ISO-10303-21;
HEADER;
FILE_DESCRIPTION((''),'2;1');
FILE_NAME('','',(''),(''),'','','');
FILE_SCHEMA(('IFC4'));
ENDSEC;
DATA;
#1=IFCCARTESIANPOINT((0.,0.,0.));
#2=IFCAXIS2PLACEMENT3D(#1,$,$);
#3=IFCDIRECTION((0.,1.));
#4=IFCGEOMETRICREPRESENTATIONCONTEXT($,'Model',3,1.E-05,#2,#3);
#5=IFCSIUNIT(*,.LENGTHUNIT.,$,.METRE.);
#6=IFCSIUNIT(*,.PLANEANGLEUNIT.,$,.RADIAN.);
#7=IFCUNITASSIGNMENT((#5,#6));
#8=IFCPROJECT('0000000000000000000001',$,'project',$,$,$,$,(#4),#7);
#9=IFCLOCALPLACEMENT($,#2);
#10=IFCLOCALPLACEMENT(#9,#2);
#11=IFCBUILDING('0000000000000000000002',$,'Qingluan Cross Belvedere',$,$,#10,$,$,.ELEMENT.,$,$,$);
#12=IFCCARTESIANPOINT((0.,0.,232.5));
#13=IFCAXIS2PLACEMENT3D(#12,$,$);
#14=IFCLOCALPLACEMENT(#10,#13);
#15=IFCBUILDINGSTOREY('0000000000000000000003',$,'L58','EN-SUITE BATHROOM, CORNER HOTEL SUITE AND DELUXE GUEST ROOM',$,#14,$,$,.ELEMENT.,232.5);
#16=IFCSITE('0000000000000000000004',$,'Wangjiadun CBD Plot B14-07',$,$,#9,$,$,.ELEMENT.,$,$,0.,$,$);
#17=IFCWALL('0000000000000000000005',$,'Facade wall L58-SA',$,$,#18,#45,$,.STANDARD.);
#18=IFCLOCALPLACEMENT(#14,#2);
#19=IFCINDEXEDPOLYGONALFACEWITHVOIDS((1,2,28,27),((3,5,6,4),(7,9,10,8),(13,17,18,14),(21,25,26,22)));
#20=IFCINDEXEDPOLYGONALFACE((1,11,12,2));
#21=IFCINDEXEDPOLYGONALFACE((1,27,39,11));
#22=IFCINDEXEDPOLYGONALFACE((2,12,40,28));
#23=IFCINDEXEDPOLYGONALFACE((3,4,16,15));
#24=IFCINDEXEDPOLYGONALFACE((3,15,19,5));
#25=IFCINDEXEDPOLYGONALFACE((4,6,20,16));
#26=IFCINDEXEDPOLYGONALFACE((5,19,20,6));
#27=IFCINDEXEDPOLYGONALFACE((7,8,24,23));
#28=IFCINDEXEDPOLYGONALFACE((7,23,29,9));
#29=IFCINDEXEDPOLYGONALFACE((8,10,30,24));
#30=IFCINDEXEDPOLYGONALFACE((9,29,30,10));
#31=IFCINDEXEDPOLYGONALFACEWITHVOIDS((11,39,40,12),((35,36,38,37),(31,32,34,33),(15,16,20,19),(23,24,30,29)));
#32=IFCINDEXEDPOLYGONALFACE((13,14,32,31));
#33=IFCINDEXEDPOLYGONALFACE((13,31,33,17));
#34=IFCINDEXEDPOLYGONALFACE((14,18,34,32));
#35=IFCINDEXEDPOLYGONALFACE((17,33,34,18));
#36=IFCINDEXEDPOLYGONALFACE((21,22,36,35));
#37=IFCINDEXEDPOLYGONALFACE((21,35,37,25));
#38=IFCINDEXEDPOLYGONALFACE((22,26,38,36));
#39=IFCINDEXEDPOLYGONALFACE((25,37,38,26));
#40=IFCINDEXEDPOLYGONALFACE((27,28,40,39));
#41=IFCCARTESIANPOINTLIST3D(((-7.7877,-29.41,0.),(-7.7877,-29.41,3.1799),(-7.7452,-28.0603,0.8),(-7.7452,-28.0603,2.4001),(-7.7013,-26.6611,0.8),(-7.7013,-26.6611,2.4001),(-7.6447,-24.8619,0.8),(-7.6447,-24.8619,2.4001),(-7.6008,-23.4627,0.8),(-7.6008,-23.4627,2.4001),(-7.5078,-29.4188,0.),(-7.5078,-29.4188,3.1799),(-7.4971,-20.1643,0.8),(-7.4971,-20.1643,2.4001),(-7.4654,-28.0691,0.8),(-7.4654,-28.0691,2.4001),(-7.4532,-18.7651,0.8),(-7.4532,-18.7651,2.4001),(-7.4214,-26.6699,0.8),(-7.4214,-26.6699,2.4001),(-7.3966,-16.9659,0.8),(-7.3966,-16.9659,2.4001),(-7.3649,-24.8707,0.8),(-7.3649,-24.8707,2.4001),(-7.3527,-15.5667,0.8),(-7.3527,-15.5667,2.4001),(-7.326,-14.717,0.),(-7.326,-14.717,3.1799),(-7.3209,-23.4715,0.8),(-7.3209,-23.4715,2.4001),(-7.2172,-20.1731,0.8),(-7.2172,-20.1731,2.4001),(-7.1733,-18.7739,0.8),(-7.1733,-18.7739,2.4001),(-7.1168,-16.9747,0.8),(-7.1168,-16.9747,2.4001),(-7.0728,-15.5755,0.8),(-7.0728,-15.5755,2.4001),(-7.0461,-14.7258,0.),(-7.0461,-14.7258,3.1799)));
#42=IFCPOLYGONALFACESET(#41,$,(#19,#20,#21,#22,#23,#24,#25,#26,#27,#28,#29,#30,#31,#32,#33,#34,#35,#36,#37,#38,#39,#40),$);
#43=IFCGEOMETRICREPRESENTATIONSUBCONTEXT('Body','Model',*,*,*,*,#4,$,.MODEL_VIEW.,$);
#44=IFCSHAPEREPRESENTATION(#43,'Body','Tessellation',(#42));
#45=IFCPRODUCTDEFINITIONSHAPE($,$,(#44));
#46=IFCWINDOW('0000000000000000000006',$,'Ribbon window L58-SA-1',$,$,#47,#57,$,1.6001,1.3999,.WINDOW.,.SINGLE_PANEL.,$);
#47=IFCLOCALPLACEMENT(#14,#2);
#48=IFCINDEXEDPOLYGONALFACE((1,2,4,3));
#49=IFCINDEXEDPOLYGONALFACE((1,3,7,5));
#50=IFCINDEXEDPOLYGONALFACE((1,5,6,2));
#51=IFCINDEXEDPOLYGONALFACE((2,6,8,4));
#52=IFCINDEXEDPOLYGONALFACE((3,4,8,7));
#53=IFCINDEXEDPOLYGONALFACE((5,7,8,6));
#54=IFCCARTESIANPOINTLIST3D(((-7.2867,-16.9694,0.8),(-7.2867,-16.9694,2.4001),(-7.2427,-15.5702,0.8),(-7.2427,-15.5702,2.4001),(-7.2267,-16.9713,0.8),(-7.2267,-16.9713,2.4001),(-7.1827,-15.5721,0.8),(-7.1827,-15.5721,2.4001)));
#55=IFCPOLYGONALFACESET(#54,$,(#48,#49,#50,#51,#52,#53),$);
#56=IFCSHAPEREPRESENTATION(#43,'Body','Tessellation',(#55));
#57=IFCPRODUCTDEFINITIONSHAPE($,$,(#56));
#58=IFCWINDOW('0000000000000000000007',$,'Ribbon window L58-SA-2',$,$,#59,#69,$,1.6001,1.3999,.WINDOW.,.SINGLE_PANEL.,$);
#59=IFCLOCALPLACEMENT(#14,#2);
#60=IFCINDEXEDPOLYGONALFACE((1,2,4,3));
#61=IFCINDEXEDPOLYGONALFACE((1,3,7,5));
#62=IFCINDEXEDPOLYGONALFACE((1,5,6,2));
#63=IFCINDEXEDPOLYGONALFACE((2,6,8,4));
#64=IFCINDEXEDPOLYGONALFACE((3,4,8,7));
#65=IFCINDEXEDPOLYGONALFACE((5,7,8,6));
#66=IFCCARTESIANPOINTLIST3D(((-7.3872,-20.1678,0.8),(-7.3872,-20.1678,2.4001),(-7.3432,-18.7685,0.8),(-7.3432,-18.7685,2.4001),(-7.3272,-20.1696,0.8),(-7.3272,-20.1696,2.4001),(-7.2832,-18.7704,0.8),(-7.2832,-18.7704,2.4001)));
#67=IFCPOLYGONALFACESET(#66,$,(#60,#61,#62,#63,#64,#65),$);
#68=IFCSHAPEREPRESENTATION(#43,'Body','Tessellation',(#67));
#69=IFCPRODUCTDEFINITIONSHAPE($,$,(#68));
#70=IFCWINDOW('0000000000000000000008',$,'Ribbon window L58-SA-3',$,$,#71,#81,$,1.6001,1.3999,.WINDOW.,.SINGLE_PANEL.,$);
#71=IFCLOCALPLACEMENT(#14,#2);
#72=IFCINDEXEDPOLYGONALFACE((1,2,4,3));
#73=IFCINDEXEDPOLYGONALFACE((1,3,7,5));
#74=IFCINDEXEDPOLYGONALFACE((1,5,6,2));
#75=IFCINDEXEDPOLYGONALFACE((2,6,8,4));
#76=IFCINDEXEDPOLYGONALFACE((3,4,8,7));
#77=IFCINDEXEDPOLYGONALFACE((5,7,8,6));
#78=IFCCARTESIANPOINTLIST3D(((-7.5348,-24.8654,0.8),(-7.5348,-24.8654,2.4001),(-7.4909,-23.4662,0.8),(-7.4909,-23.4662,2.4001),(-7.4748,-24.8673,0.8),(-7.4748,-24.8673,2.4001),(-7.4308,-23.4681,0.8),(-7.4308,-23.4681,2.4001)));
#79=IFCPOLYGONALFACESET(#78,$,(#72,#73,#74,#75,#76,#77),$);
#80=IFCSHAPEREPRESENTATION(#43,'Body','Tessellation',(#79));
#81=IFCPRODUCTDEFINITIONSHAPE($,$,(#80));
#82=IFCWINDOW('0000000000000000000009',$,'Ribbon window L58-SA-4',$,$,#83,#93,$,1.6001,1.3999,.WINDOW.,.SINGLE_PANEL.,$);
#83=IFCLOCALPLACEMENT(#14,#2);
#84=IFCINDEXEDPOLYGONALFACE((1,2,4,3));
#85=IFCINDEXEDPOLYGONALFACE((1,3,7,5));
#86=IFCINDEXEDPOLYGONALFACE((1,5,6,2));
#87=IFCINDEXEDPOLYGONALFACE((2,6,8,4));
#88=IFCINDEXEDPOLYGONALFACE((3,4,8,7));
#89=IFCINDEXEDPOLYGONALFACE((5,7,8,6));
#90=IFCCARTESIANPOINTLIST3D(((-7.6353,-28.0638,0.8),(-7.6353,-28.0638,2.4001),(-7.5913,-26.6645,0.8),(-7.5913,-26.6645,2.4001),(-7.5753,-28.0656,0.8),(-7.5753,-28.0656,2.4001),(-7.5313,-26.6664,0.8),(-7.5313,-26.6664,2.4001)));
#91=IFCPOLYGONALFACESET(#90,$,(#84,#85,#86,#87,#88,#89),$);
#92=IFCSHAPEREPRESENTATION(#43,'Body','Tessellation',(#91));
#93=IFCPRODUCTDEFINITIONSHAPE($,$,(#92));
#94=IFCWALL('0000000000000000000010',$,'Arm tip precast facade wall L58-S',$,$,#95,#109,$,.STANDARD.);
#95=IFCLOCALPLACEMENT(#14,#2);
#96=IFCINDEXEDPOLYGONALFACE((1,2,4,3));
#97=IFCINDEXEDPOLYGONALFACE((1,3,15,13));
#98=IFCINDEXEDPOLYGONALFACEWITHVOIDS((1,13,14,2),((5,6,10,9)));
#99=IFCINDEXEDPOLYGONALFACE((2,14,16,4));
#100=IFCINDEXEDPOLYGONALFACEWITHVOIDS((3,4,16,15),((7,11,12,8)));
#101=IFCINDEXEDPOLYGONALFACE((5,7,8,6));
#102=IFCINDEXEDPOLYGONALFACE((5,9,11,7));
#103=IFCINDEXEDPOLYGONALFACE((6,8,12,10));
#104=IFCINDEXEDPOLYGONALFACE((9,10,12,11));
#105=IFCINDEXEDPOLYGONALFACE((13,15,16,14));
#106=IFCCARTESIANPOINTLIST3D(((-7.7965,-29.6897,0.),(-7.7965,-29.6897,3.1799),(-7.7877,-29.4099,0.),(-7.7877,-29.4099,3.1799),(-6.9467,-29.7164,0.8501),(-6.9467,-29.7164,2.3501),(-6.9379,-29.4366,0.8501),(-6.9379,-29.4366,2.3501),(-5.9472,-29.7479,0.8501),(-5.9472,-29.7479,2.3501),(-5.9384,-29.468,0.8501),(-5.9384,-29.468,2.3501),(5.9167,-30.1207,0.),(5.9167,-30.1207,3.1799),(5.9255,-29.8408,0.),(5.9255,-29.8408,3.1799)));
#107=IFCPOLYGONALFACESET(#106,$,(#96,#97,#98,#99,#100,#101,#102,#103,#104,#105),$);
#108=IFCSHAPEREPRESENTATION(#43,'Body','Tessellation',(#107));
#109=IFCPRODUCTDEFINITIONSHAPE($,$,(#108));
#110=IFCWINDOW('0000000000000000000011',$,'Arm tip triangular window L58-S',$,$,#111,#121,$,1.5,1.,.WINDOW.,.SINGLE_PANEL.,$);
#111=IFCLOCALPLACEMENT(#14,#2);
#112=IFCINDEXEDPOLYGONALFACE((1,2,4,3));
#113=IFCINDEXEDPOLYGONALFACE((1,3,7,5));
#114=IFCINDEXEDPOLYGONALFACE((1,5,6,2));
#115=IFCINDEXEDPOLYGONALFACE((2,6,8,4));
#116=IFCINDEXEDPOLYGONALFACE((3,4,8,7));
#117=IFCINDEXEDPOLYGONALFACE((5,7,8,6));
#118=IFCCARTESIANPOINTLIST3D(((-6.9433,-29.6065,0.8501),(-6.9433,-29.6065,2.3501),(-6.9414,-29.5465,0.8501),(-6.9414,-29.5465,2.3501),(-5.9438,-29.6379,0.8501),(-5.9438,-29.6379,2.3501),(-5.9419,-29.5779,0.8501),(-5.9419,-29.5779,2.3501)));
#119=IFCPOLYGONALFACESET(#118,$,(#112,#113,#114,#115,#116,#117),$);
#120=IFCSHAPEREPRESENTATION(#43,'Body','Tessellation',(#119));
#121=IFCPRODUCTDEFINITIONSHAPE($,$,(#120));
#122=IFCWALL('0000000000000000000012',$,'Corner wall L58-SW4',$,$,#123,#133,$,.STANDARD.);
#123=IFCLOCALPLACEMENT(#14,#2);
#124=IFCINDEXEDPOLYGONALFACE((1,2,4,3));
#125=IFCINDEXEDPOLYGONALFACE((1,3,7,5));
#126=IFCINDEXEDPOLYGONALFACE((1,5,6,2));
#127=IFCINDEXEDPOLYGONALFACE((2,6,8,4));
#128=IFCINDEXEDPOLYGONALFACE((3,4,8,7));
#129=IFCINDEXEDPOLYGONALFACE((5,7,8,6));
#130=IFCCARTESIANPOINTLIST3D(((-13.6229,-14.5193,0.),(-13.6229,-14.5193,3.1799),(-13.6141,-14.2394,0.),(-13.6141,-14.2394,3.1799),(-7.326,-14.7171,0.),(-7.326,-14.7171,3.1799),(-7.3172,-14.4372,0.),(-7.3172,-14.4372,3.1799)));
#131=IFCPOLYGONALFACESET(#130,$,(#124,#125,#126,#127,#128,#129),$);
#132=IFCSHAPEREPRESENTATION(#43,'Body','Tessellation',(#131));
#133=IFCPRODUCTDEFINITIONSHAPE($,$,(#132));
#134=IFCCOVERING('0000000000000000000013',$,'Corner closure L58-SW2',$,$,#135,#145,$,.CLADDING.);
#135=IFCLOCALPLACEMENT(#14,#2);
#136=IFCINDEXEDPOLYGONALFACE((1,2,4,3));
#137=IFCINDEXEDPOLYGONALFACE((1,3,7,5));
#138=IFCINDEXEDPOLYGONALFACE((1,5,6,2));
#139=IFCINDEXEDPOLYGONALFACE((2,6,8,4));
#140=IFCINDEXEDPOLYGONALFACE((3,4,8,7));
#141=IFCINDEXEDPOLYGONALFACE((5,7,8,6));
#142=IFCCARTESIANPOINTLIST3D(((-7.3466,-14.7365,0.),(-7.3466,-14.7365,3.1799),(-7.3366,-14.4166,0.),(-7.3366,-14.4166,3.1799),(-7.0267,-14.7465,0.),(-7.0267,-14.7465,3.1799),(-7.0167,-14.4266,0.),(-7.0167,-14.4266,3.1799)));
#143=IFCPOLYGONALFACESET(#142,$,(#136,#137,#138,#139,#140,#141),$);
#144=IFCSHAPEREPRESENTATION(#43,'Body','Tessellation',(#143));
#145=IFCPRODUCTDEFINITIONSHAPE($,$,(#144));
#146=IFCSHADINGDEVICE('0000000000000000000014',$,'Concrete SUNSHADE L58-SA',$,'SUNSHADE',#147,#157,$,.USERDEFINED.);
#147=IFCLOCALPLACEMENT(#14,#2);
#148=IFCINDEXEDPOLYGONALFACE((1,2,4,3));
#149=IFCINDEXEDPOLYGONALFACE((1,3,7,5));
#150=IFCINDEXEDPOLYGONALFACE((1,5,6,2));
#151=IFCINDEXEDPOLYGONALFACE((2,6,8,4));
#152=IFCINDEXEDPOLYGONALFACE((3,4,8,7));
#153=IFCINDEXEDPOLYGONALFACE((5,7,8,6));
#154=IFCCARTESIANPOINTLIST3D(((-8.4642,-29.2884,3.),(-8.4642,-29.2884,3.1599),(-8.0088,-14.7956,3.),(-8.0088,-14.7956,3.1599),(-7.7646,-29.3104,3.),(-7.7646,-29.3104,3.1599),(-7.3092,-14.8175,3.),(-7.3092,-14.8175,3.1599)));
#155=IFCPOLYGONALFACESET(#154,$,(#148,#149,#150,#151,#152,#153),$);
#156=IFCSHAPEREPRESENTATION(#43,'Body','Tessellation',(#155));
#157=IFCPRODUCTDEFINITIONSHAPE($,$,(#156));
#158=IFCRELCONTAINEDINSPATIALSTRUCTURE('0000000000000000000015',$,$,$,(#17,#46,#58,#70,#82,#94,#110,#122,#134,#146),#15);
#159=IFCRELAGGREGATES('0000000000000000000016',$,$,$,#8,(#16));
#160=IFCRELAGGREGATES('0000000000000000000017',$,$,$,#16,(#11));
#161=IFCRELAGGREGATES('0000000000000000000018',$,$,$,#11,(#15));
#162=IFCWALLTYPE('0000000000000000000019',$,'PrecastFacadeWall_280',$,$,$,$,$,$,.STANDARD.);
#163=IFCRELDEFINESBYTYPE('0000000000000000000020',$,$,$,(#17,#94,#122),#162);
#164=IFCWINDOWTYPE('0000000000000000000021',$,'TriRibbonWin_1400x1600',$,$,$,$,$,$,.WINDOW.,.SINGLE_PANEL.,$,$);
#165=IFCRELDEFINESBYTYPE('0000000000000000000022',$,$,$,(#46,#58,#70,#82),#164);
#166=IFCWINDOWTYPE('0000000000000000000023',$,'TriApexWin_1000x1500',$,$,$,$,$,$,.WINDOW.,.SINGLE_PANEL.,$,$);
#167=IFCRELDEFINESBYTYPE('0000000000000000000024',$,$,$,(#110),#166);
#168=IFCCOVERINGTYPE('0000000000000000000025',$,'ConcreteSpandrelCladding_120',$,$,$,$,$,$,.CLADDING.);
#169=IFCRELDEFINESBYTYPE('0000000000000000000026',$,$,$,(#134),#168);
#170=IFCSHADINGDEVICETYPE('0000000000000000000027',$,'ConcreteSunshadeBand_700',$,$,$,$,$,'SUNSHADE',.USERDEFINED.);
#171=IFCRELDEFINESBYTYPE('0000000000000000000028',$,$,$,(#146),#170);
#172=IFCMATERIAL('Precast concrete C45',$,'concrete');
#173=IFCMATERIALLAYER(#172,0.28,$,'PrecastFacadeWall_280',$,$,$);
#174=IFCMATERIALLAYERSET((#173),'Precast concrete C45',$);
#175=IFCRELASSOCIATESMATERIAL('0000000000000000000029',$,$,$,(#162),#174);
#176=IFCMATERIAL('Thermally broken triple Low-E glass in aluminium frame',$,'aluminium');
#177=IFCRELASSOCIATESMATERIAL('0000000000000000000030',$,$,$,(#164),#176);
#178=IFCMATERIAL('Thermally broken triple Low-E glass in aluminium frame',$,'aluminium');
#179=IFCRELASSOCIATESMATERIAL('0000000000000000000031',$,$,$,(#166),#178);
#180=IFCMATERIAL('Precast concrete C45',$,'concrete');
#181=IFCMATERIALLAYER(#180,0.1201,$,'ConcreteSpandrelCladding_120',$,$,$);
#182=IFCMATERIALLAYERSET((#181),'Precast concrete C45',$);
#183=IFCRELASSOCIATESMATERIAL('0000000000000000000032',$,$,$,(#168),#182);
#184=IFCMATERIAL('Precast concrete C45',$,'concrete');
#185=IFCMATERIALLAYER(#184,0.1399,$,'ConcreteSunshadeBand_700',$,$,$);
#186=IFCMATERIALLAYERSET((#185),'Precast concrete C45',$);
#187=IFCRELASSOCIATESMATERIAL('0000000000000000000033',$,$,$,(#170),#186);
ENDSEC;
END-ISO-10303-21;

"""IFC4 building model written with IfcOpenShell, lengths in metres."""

from ifc_helpers import new_model, si_unit, direction, frame, frame_2d, origin, origin_2d, place, context, subcontext, project, spatial, rectangle, extrude, material, layer, layer_set, type_object, element, fill, save


model = new_model("IFC4")

# Units and contexts
model_context = context("Model", 3, precision=1e-05, world=origin(), true_north=direction((0.0, 1.0)))
body_context = subcontext(model_context, "Body", "Model", "MODEL_VIEW")
ifc_project = project(units=[si_unit("LENGTHUNIT", "METRE"), si_unit("PLANEANGLEUNIT", "RADIAN")], contexts=[model_context])

# Site, building, storey
site_placement = place(None, origin())
site = spatial("IfcSite", under=ifc_project, at=site_placement, Name="Wangjiadun CBD Plot B14-07", CompositionType="ELEMENT", RefElevation=0.0)
building_placement = place(site_placement, origin())
building = spatial("IfcBuilding", under=site, at=building_placement, Name="Qingluan Cross Belvedere", CompositionType="ELEMENT")
storey_placement = place(building_placement, frame((0.0, 0.0, 232.5)))
storey = spatial("IfcBuildingStorey", under=building, at=storey_placement, Name="L58", Description="EN-SUITE BATHROOM, CORNER HOTEL SUITE AND DELUXE GUEST ROOM", CompositionType="ELEMENT", Elevation=232.5)

# Wall, openings, windows
ifc_material_1 = material(Name="Precast concrete C45", Category="concrete")
ifc_layer_1 = layer(ifc_material_1, 0.28, Name="PrecastFacadeWall_280")
ifc_layer_set_1 = layer_set([ifc_layer_1], Name="Precast concrete C45")
wall_type_1 = type_object("IfcWallType", Name="PrecastFacadeWall_280", PredefinedType="STANDARD", material=ifc_layer_set_1)
wall_1_placement = place(storey_placement, frame((-7.186, -14.7214, 0.0), z_axis=(0.0, 0.0, 1.0), x_axis=(-0.031406, -0.999507, 0.0)))
wall_1 = element("IfcWall", 1, at=wall_1_placement, inside=storey, type_object=wall_type_1, Name="Facade wall L58-SA", PredefinedType="STANDARD", context=body_context, shape_type="SweptSolid", body=[
    extrude(rectangle(XDim=14.7002, YDim=0.28, at=frame_2d((7.3501, 0.0))), origin(), (0.0, 0.0, 1.0), 3.1799),
])
opening_1_placement = place(wall_1_placement, frame((0.8501, 0.0, 0.8)))
opening_1 = element("IfcOpeningElement", 2, at=opening_1_placement, cuts=wall_1, PredefinedType="OPENING", context=body_context, shape_type="SweptSolid", body=[
    extrude(rectangle(XDim=1.3999, YDim=1.6001, at=frame_2d((0.7, 0.8))), frame((0.0, 0.1499, 0.0), z_axis=(0.0, -1.0, 0.0), x_axis=(1.0, 0.0, 0.0)), (0.0, 0.0, 1.0), 0.3),
])
opening_2_placement = place(wall_1_placement, frame((4.05, 0.0, 0.8)))
opening_2 = element("IfcOpeningElement", 3, at=opening_2_placement, cuts=wall_1, PredefinedType="OPENING", context=body_context, shape_type="SweptSolid", body=[
    extrude(rectangle(XDim=1.3999, YDim=1.6001, at=frame_2d((0.7, 0.8))), frame((0.0, 0.1499, 0.0), z_axis=(0.0, -1.0, 0.0), x_axis=(1.0, 0.0, 0.0)), (0.0, 0.0, 1.0), 0.3),
])
opening_3_placement = place(wall_1_placement, frame((8.75, 0.0, 0.8)))
opening_3 = element("IfcOpeningElement", 4, at=opening_3_placement, cuts=wall_1, PredefinedType="OPENING", context=body_context, shape_type="SweptSolid", body=[
    extrude(rectangle(XDim=1.3999, YDim=1.6001, at=frame_2d((0.7, 0.8))), frame((0.0, 0.1499, 0.0), z_axis=(0.0, -1.0, 0.0), x_axis=(1.0, 0.0, 0.0)), (0.0, 0.0, 1.0), 0.3),
])
opening_4_placement = place(wall_1_placement, frame((11.95, 0.0, 0.8)))
opening_4 = element("IfcOpeningElement", 5, at=opening_4_placement, cuts=wall_1, PredefinedType="OPENING", context=body_context, shape_type="SweptSolid", body=[
    extrude(rectangle(XDim=1.3999, YDim=1.6001, at=frame_2d((0.7, 0.8))), frame((0.0, 0.1499, 0.0), z_axis=(0.0, -1.0, 0.0), x_axis=(1.0, 0.0, 0.0)), (0.0, 0.0, 1.0), 0.3),
])
ifc_material_2 = material(Name="Thermally broken triple Low-E glass in aluminium frame", Category="aluminium")
window_type_1 = type_object("IfcWindowType", Name="TriRibbonWin_1400x1600", PartitioningType="SINGLE_PANEL", PredefinedType="WINDOW", material=ifc_material_2)
window_1_placement = place(opening_1_placement, origin())
window_1 = element("IfcWindow", 6, at=window_1_placement, inside=storey, type_object=window_type_1, Name="Ribbon window L58-SA-1", OverallHeight=1.6001, OverallWidth=1.3999, PartitioningType="SINGLE_PANEL", PredefinedType="WINDOW", context=body_context, shape_type="SweptSolid", body=[
    extrude(rectangle(XDim=1.3999, YDim=1.6001, at=frame_2d((0.7, 0.8))), frame((0.0, 0.03, 0.0), z_axis=(0.0, -1.0, 0.0), x_axis=(1.0, 0.0, 0.0)), (0.0, 0.0, 1.0), 0.0601),
])
fill(opening_1, window_1)
window_2_placement = place(opening_2_placement, origin())
window_2 = element("IfcWindow", 7, at=window_2_placement, inside=storey, type_object=window_type_1, Name="Ribbon window L58-SA-2", OverallHeight=1.6001, OverallWidth=1.3999, PartitioningType="SINGLE_PANEL", PredefinedType="WINDOW", context=body_context, shape_type="SweptSolid", body=[
    extrude(rectangle(XDim=1.3999, YDim=1.6001, at=frame_2d((0.7, 0.8))), frame((0.0, 0.03, 0.0), z_axis=(0.0, -1.0, 0.0), x_axis=(1.0, 0.0, 0.0)), (0.0, 0.0, 1.0), 0.0601),
])
fill(opening_2, window_2)
window_3_placement = place(opening_3_placement, origin())
window_3 = element("IfcWindow", 8, at=window_3_placement, inside=storey, type_object=window_type_1, Name="Ribbon window L58-SA-3", OverallHeight=1.6001, OverallWidth=1.3999, PartitioningType="SINGLE_PANEL", PredefinedType="WINDOW", context=body_context, shape_type="SweptSolid", body=[
    extrude(rectangle(XDim=1.3999, YDim=1.6001, at=frame_2d((0.7, 0.8))), frame((0.0, 0.03, 0.0), z_axis=(0.0, -1.0, 0.0), x_axis=(1.0, 0.0, 0.0)), (0.0, 0.0, 1.0), 0.0601),
])
fill(opening_3, window_3)
window_4_placement = place(opening_4_placement, origin())
window_4 = element("IfcWindow", 9, at=window_4_placement, inside=storey, type_object=window_type_1, Name="Ribbon window L58-SA-4", OverallHeight=1.6001, OverallWidth=1.3999, PartitioningType="SINGLE_PANEL", PredefinedType="WINDOW", context=body_context, shape_type="SweptSolid", body=[
    extrude(rectangle(XDim=1.3999, YDim=1.6001, at=frame_2d((0.7, 0.8))), frame((0.0, 0.03, 0.0), z_axis=(0.0, -1.0, 0.0), x_axis=(1.0, 0.0, 0.0)), (0.0, 0.0, 1.0), 0.0601),
])
fill(opening_4, window_4)

# Wall, opening, window
wall_2_placement = place(storey_placement, frame((-7.792, -29.5498, 0.0), z_axis=(0.0, 0.0, 1.0), x_axis=(0.999507, -0.031408, 0.0)))
wall_2 = element("IfcWall", 10, at=wall_2_placement, inside=storey, type_object=wall_type_1, Name="Arm tip precast facade wall L58-S", PredefinedType="STANDARD", context=body_context, shape_type="SweptSolid", body=[
    extrude(rectangle(XDim=13.72, YDim=0.28, at=frame_2d((6.8599, 0.0))), origin(), (0.0, 0.0, 1.0), 3.1799),
])
opening_5_placement = place(wall_2_placement, frame((0.8501, 0.0, 0.8501)))
opening_5 = element("IfcOpeningElement", 11, at=opening_5_placement, cuts=wall_2, PredefinedType="OPENING", context=body_context, shape_type="SweptSolid", body=[
    extrude(rectangle(XDim=1.0, YDim=1.5, at=frame_2d((0.5, 0.75))), frame((0.0, 0.1499, 0.0), z_axis=(0.0, -1.0, 0.0), x_axis=(1.0, 0.0, 0.0)), (0.0, 0.0, 1.0), 0.3),
])
ifc_material_3 = material(Name="Thermally broken triple Low-E glass in aluminium frame", Category="aluminium")
window_type_2 = type_object("IfcWindowType", Name="TriApexWin_1000x1500", PartitioningType="SINGLE_PANEL", PredefinedType="WINDOW", material=ifc_material_3)
window_5_placement = place(opening_5_placement, origin())
window_5 = element("IfcWindow", 12, at=window_5_placement, inside=storey, type_object=window_type_2, Name="Arm tip triangular window L58-S", OverallHeight=1.5, OverallWidth=1.0, PartitioningType="SINGLE_PANEL", PredefinedType="WINDOW", context=body_context, shape_type="SweptSolid", body=[
    extrude(rectangle(XDim=1.0, YDim=1.5, at=frame_2d((0.5, 0.75))), frame((0.0, 0.03, 0.0), z_axis=(0.0, -1.0, 0.0), x_axis=(1.0, 0.0, 0.0)), (0.0, 0.0, 1.0), 0.0601),
])
fill(opening_5, window_5)

# Wall
wall_3_placement = place(storey_placement, frame((-13.6184, -14.3794, 0.0), z_axis=(0.0, 0.0, 1.0), x_axis=(0.999507, -0.03139, 0.0)))
element("IfcWall", 13, at=wall_3_placement, inside=storey, type_object=wall_type_1, Name="Corner wall L58-SW4", PredefinedType="STANDARD", context=body_context, shape_type="SweptSolid", body=[
    extrude(rectangle(XDim=6.3, YDim=0.28, at=frame_2d((3.1499, 0.0))), origin(), (0.0, 0.0, 1.0), 3.1799),
])

# Covering
ifc_material_4 = material(Name="Precast concrete C45", Category="concrete")
ifc_layer_2 = layer(ifc_material_4, 0.1201, Name="ConcreteSpandrelCladding_120")
ifc_layer_set_2 = layer_set([ifc_layer_2], Name="Precast concrete C45")
covering_type = type_object("IfcCoveringType", Name="ConcreteSpandrelCladding_120", PredefinedType="CLADDING", material=ifc_layer_set_2)
covering_placement = place(storey_placement, frame((-7.1816, -14.5815, 0.0), z_axis=(0.0, 0.0, 1.0), x_axis=(0.999507, -0.031411, 0.0)))
element("IfcCovering", 14, at=covering_placement, inside=storey, type_object=covering_type, Name="Corner closure L58-SW2", PredefinedType="CLADDING", context=body_context, shape_type="SweptSolid", body=[
    extrude(rectangle(XDim=0.3201, YDim=0.3201, at=origin_2d()), origin(), (0.0, 0.0, 1.0), 3.1799),
])

# Shading device
ifc_material_5 = material(Name="Precast concrete C45", Category="concrete")
ifc_layer_3 = layer(ifc_material_5, 0.1399, Name="ConcreteSunshadeBand_700")
ifc_layer_set_3 = layer_set([ifc_layer_3], Name="Precast concrete C45")
shading_device_type = type_object("IfcShadingDeviceType", Name="ConcreteSunshadeBand_700", ElementType="SUNSHADE", PredefinedType="USERDEFINED", material=ifc_layer_set_3)
shading_device_placement = place(storey_placement, frame((-7.8867, -22.053, 3.0), z_axis=(0.0, 0.0, 1.0), x_axis=(-0.031408, -0.999507, 0.0)))
element("IfcShadingDevice", 15, at=shading_device_placement, inside=storey, type_object=shading_device_type, Name="Concrete SUNSHADE L58-SA", ObjectType="SUNSHADE", PredefinedType="USERDEFINED", context=body_context, shape_type="SweptSolid", body=[
    extrude(rectangle(XDim=14.5, YDim=0.7, at=origin_2d()), origin(), (0.0, 0.0, 1.0), 0.1599),
])

save(model, "model.ifc")
